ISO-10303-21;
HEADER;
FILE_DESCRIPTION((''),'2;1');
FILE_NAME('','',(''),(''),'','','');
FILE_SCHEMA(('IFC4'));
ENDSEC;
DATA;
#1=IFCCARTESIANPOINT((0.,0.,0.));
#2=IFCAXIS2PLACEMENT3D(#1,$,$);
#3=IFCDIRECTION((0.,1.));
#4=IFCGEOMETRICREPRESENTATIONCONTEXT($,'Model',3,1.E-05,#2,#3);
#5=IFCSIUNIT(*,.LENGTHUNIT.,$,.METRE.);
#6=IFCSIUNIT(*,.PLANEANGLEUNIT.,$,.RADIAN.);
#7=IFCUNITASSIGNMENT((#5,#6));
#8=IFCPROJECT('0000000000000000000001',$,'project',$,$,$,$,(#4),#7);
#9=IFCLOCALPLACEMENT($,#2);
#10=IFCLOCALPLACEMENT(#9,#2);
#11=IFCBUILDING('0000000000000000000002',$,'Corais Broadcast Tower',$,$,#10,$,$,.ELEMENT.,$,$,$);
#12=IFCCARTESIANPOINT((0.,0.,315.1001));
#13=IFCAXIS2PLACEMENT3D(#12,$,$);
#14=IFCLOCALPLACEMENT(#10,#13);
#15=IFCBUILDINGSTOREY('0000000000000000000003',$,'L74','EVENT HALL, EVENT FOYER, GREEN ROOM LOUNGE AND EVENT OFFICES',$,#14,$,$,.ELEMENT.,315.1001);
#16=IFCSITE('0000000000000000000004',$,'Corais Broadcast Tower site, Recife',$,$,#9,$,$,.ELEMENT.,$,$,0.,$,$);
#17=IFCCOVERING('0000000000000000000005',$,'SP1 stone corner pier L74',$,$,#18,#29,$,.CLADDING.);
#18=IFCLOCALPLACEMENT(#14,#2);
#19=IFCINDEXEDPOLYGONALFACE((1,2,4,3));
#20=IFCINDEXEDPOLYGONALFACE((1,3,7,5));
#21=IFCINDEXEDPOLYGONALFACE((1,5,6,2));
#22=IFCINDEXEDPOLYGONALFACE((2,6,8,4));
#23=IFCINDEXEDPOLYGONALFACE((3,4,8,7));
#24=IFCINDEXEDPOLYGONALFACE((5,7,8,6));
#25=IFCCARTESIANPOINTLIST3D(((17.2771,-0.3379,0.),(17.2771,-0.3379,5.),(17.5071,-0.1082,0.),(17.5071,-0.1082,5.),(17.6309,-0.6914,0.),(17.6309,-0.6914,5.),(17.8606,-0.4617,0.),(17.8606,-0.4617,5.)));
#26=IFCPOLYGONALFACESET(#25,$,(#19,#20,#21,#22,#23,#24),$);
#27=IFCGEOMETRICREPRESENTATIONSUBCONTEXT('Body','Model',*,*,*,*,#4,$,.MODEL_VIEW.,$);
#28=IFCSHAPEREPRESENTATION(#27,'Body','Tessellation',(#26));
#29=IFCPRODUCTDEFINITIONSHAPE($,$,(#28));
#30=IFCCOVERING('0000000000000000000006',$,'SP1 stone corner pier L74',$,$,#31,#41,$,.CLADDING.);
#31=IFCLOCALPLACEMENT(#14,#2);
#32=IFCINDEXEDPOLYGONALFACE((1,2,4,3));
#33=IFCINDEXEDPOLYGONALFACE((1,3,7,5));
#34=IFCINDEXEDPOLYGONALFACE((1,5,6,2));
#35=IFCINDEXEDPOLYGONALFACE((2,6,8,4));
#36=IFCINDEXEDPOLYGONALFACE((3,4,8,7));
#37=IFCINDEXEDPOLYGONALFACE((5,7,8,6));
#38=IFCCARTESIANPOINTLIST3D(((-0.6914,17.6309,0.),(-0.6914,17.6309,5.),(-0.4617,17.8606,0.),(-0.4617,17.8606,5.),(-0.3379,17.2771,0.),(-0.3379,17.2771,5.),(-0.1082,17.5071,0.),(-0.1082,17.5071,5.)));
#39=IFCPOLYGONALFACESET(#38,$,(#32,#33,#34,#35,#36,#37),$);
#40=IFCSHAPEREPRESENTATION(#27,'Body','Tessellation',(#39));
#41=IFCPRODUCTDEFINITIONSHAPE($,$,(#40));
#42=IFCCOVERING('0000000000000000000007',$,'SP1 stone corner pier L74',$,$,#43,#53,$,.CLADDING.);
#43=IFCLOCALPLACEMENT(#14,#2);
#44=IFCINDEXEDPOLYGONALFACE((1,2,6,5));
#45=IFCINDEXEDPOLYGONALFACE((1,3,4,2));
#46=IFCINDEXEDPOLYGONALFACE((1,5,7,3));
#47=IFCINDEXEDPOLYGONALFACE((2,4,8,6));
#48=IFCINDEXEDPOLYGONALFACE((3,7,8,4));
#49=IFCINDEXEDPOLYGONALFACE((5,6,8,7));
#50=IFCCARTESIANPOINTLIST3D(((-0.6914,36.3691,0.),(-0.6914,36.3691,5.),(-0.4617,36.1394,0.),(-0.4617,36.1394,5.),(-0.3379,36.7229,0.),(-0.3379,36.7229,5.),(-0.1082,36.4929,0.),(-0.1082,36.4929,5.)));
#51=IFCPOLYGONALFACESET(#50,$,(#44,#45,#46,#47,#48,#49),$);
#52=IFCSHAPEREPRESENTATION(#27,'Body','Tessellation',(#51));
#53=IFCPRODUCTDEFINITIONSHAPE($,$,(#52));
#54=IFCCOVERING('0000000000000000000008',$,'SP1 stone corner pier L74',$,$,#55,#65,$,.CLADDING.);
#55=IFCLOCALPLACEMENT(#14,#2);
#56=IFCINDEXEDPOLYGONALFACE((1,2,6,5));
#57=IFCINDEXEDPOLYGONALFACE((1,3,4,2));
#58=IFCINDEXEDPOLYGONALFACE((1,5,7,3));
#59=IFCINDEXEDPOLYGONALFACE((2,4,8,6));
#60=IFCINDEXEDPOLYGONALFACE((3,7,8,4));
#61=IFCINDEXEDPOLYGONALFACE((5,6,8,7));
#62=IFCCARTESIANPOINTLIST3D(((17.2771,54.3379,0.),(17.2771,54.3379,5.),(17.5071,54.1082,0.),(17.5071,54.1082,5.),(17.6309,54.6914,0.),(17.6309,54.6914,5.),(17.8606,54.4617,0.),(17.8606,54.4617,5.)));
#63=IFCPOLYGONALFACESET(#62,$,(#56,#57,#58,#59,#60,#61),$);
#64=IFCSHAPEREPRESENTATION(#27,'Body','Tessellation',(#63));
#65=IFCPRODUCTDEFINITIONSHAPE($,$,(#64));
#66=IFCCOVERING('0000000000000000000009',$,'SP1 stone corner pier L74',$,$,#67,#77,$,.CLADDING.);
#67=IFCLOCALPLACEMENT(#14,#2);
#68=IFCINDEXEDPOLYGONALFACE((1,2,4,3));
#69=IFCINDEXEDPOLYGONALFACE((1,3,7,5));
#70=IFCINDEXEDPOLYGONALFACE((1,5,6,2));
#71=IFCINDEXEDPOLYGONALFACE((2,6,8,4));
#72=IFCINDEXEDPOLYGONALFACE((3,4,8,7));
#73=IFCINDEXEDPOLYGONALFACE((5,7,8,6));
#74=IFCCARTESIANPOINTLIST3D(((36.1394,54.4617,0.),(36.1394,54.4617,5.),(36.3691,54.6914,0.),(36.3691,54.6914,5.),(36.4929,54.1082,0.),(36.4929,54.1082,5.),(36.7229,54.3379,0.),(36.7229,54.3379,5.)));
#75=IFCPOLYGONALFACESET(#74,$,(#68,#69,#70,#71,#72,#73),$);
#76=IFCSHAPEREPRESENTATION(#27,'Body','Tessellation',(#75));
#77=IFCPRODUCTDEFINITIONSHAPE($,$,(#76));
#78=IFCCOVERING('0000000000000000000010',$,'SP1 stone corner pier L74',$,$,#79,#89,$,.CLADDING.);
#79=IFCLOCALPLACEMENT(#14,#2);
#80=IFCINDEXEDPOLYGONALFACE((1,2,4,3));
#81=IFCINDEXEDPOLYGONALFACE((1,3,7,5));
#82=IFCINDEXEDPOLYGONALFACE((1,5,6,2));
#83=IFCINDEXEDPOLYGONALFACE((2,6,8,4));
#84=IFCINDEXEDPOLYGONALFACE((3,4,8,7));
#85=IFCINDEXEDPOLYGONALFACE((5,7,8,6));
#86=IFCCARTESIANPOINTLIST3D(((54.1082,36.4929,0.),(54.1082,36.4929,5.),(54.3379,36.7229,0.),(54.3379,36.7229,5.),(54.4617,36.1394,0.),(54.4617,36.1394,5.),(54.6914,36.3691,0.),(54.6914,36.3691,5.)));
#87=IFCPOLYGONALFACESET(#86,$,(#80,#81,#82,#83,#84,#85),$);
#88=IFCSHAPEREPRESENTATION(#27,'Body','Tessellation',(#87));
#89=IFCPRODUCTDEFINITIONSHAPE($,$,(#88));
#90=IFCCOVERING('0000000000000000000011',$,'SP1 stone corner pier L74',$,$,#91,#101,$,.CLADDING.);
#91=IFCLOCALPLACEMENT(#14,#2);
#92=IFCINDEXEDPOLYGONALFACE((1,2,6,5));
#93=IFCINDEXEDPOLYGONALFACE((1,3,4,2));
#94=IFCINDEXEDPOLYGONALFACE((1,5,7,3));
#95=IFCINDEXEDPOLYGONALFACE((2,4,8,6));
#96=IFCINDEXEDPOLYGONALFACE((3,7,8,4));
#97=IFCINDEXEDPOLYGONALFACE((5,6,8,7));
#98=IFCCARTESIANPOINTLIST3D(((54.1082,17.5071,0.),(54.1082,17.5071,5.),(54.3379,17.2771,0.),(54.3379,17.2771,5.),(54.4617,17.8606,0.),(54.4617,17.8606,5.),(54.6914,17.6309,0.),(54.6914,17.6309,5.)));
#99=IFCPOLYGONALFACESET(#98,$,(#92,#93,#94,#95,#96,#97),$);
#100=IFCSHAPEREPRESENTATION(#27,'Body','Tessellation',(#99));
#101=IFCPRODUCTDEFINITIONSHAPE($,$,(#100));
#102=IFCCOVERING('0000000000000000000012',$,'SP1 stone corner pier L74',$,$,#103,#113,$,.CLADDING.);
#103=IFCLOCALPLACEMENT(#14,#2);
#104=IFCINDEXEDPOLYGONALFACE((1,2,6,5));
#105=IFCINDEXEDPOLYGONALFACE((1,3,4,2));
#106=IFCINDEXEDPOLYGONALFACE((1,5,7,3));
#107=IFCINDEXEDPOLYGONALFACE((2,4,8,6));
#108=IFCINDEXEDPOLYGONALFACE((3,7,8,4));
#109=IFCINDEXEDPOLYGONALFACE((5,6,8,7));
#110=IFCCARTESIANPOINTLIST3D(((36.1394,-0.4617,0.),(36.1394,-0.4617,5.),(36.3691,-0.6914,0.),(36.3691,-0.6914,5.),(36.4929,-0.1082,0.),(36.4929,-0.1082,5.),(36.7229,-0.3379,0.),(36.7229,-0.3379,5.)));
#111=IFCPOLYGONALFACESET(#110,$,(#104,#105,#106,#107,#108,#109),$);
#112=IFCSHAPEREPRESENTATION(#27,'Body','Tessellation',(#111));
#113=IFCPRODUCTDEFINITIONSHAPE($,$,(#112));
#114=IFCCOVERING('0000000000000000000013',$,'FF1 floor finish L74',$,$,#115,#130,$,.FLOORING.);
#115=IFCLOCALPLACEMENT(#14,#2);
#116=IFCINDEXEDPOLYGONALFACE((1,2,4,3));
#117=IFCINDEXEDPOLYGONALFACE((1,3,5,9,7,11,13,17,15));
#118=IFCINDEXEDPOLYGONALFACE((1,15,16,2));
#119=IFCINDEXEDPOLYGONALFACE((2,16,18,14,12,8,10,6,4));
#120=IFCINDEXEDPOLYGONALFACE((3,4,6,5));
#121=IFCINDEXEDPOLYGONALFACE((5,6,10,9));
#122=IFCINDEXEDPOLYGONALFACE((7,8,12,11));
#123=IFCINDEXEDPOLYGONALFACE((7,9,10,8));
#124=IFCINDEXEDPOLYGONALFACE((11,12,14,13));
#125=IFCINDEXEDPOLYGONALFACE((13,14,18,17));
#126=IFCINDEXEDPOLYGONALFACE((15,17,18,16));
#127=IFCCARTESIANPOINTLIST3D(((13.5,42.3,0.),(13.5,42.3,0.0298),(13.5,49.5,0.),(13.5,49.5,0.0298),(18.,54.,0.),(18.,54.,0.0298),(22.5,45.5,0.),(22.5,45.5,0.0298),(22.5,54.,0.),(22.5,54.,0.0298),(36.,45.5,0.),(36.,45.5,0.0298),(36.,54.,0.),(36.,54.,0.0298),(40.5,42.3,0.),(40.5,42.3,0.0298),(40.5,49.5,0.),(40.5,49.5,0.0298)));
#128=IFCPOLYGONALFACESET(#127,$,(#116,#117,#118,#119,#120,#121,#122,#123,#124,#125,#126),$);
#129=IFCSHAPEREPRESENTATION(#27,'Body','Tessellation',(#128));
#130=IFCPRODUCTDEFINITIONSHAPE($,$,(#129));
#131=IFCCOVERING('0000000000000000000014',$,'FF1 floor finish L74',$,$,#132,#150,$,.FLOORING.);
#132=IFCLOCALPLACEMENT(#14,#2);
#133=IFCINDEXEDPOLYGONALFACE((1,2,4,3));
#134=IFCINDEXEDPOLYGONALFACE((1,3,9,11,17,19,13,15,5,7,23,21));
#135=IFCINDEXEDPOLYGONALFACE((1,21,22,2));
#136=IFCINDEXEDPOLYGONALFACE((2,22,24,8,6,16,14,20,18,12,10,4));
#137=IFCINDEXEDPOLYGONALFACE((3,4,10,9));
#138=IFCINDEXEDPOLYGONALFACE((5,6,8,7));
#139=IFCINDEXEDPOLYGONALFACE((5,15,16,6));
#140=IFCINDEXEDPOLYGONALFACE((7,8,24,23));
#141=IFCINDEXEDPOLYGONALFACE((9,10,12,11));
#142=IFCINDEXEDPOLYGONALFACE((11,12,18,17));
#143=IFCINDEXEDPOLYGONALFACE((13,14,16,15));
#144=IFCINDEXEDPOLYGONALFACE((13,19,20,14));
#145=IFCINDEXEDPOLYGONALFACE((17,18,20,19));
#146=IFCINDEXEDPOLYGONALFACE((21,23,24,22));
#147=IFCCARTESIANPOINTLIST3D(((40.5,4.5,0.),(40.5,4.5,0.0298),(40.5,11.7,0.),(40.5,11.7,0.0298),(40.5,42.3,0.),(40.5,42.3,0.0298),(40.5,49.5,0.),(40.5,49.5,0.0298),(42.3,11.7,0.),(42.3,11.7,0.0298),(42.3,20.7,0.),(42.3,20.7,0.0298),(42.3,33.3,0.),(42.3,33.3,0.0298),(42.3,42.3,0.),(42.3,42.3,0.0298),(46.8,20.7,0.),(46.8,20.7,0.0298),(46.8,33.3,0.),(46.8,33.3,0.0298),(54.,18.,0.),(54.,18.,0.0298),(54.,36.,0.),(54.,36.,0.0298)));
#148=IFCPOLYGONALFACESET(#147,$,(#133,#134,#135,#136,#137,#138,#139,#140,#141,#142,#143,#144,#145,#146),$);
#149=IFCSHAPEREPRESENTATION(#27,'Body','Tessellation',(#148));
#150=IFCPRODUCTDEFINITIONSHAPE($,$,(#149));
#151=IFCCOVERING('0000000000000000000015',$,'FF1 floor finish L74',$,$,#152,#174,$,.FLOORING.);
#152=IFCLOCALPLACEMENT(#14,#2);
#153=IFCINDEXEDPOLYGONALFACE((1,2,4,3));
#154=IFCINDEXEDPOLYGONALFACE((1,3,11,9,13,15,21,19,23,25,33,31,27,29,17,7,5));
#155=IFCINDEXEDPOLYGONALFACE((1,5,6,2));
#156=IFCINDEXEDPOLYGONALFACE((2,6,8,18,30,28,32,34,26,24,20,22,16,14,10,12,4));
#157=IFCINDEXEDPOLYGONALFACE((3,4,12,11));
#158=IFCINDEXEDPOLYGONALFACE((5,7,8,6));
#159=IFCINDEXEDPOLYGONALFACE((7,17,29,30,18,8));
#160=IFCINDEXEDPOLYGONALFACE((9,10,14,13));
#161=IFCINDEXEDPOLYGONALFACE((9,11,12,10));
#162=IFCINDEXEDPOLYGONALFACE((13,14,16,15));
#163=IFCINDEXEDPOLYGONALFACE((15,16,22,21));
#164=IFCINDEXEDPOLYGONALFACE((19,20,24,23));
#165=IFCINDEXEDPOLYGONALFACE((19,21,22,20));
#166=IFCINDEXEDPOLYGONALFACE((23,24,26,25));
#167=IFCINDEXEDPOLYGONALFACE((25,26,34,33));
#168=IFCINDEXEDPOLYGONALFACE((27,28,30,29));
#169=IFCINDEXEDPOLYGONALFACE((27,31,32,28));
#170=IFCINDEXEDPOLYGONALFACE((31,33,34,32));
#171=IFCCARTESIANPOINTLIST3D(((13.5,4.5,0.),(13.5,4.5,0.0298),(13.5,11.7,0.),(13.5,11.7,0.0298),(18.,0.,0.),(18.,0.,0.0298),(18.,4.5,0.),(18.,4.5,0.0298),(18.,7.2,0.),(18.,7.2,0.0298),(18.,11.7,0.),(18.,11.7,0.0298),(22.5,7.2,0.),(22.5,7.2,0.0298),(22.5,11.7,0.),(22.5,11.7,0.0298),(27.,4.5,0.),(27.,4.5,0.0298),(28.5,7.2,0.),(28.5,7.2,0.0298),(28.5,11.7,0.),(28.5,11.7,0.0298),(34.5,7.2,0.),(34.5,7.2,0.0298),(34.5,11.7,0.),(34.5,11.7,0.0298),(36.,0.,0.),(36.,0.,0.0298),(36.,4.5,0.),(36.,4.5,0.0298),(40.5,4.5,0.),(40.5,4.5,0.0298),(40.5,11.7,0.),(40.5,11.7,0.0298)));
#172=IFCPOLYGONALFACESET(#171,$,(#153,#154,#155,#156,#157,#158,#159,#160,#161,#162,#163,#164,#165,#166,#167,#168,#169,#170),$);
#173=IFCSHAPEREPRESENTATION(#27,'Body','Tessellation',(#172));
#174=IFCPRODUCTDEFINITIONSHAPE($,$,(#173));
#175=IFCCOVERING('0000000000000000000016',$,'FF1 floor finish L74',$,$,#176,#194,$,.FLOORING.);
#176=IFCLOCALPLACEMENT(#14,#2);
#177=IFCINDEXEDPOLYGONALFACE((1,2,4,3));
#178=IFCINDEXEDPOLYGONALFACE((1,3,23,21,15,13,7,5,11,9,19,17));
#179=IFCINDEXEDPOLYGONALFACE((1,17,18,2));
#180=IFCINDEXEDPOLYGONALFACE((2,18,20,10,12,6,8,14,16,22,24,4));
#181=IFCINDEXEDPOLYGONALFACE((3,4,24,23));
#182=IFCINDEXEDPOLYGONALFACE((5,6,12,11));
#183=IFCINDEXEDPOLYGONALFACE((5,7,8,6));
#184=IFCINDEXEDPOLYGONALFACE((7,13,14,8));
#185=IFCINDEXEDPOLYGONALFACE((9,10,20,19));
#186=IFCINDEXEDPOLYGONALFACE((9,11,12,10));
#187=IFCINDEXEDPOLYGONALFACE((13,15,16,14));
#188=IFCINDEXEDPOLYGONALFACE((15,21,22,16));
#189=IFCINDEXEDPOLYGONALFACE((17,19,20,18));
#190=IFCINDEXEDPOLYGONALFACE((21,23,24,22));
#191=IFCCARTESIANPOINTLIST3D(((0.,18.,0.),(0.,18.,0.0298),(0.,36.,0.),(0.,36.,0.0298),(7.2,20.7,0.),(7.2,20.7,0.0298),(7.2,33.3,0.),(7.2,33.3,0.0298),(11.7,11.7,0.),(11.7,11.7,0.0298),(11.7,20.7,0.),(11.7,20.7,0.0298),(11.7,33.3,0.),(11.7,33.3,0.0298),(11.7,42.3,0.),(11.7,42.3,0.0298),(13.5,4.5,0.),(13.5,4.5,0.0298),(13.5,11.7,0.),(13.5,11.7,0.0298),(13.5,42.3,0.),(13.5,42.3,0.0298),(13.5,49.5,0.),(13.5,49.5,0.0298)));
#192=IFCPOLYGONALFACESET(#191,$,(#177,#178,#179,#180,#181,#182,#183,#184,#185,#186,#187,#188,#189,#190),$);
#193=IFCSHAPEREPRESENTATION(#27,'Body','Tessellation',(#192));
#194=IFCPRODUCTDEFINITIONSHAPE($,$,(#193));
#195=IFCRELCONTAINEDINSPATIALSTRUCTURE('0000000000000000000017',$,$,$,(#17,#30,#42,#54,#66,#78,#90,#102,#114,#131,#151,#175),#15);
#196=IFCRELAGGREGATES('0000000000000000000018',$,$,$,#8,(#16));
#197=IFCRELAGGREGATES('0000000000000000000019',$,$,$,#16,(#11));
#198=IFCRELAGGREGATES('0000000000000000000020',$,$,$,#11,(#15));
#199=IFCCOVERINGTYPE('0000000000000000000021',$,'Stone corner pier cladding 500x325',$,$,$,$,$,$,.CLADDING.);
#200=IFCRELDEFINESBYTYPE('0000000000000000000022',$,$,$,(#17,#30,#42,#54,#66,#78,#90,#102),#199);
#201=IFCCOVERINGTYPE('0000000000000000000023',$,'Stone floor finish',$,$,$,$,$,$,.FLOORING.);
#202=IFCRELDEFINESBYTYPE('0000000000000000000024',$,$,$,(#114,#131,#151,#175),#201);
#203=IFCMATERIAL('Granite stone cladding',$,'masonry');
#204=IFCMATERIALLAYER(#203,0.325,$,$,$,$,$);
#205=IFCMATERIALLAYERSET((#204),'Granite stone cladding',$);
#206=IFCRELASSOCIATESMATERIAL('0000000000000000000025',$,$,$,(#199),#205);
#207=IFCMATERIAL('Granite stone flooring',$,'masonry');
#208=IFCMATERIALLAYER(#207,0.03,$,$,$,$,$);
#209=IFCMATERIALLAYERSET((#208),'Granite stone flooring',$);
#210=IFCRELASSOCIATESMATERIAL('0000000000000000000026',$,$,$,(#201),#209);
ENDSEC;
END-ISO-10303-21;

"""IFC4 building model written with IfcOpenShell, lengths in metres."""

from ifc_helpers import new_model, si_unit, direction, frame, origin, place, context, subcontext, project, spatial, polyline, outline, extrude, material, layer, layer_set, type_object, element, save


model = new_model("IFC4")

# Units and contexts
model_context = context("Model", 3, precision=1e-05, world=origin(), true_north=direction((0.0, 1.0)))
body_context = subcontext(model_context, "Body", "Model", "MODEL_VIEW")
ifc_project = project(units=[si_unit("LENGTHUNIT", "METRE"), si_unit("PLANEANGLEUNIT", "RADIAN")], contexts=[model_context])

# Site, building, storey
site_placement = place(None, origin())
site = spatial("IfcSite", under=ifc_project, at=site_placement, Name="Corais Broadcast Tower site, Recife", CompositionType="ELEMENT", RefElevation=0.0)
building_placement = place(site_placement, origin())
building = spatial("IfcBuilding", under=site, at=building_placement, Name="Corais Broadcast Tower", CompositionType="ELEMENT")
storey_placement = place(building_placement, frame((0.0, 0.0, 315.1001)))
storey = spatial("IfcBuildingStorey", under=building, at=storey_placement, Name="L74", Description="EVENT HALL, EVENT FOYER, GREEN ROOM LOUNGE AND EVENT OFFICES", CompositionType="ELEMENT", Elevation=315.1001)

# Coverings
ifc_material_1 = material(Name="Granite stone cladding", Category="masonry")
ifc_layer_1 = layer(ifc_material_1, 0.325)
ifc_layer_set_1 = layer_set([ifc_layer_1], Name="Granite stone cladding")
covering_type_1 = type_object("IfcCoveringType", Name="Stone corner pier cladding 500x325", PredefinedType="CLADDING", material=ifc_layer_set_1)
covering_1_placement = place(storey_placement, origin())
element("IfcCovering", 1, at=covering_1_placement, inside=storey, type_object=covering_type_1, Name="SP1 stone corner pier L74", PredefinedType="CLADDING", context=body_context, shape_type="SweptSolid", body=[
    extrude(outline(polyline([(17.8606, -0.4617), (17.5071, -0.1082), (17.2771, -0.3379), (17.6309, -0.6914), (17.8606, -0.4617)])), origin(), (0.0, 0.0, 1.0), 5.0),
])
covering_2_placement = place(storey_placement, origin())
element("IfcCovering", 2, at=covering_2_placement, inside=storey, type_object=covering_type_1, Name="SP1 stone corner pier L74", PredefinedType="CLADDING", context=body_context, shape_type="SweptSolid", body=[
    extrude(outline(polyline([(-0.4617, 17.8606), (-0.6914, 17.6309), (-0.3379, 17.2771), (-0.1082, 17.5071), (-0.4617, 17.8606)])), origin(), (0.0, 0.0, 1.0), 5.0),
])
covering_3_placement = place(storey_placement, origin())
element("IfcCovering", 3, at=covering_3_placement, inside=storey, type_object=covering_type_1, Name="SP1 stone corner pier L74", PredefinedType="CLADDING", context=body_context, shape_type="SweptSolid", body=[
    extrude(outline(polyline([(-0.4617, 36.1394), (-0.1082, 36.4929), (-0.3379, 36.7229), (-0.6914, 36.3691), (-0.4617, 36.1394)])), origin(), (0.0, 0.0, 1.0), 5.0),
])
covering_4_placement = place(storey_placement, origin())
element("IfcCovering", 4, at=covering_4_placement, inside=storey, type_object=covering_type_1, Name="SP1 stone corner pier L74", PredefinedType="CLADDING", context=body_context, shape_type="SweptSolid", body=[
    extrude(outline(polyline([(17.8606, 54.4617), (17.6309, 54.6914), (17.2771, 54.3379), (17.5071, 54.1082), (17.8606, 54.4617)])), origin(), (0.0, 0.0, 1.0), 5.0),
])
covering_5_placement = place(storey_placement, origin())
element("IfcCovering", 5, at=covering_5_placement, inside=storey, type_object=covering_type_1, Name="SP1 stone corner pier L74", PredefinedType="CLADDING", context=body_context, shape_type="SweptSolid", body=[
    extrude(outline(polyline([(36.1394, 54.4617), (36.4929, 54.1082), (36.7229, 54.3379), (36.3691, 54.6914), (36.1394, 54.4617)])), origin(), (0.0, 0.0, 1.0), 5.0),
])
covering_6_placement = place(storey_placement, origin())
element("IfcCovering", 6, at=covering_6_placement, inside=storey, type_object=covering_type_1, Name="SP1 stone corner pier L74", PredefinedType="CLADDING", context=body_context, shape_type="SweptSolid", body=[
    extrude(outline(polyline([(54.4617, 36.1394), (54.6914, 36.3691), (54.3379, 36.7229), (54.1082, 36.4929), (54.4617, 36.1394)])), origin(), (0.0, 0.0, 1.0), 5.0),
])
covering_7_placement = place(storey_placement, origin())
element("IfcCovering", 7, at=covering_7_placement, inside=storey, type_object=covering_type_1, Name="SP1 stone corner pier L74", PredefinedType="CLADDING", context=body_context, shape_type="SweptSolid", body=[
    extrude(outline(polyline([(54.4617, 17.8606), (54.1082, 17.5071), (54.3379, 17.2771), (54.6914, 17.6309), (54.4617, 17.8606)])), origin(), (0.0, 0.0, 1.0), 5.0),
])
covering_8_placement = place(storey_placement, origin())
element("IfcCovering", 8, at=covering_8_placement, inside=storey, type_object=covering_type_1, Name="SP1 stone corner pier L74", PredefinedType="CLADDING", context=body_context, shape_type="SweptSolid", body=[
    extrude(outline(polyline([(36.1394, -0.4617), (36.3691, -0.6914), (36.7229, -0.3379), (36.4929, -0.1082), (36.1394, -0.4617)])), origin(), (0.0, 0.0, 1.0), 5.0),
])
ifc_material_2 = material(Name="Granite stone flooring", Category="masonry")
ifc_layer_2 = layer(ifc_material_2, 0.03)
ifc_layer_set_2 = layer_set([ifc_layer_2], Name="Granite stone flooring")
covering_type_2 = type_object("IfcCoveringType", Name="Stone floor finish", PredefinedType="FLOORING", material=ifc_layer_set_2)
covering_9_placement = place(storey_placement, origin())
element("IfcCovering", 9, at=covering_9_placement, inside=storey, type_object=covering_type_2, Name="FF1 floor finish L74", PredefinedType="FLOORING", context=body_context, shape_type="SweptSolid", body=[
    extrude(outline(polyline([(22.5, 54.0), (22.5, 45.5), (36.0, 45.5), (36.0, 54.0), (40.5, 49.5), (40.5, 42.3), (13.5, 42.3), (13.5, 49.5), (18.0, 54.0), (22.5, 54.0)])), origin(), (0.0, 0.0, 1.0), 0.0298),
])
covering_10_placement = place(storey_placement, origin())
element("IfcCovering", 10, at=covering_10_placement, inside=storey, type_object=covering_type_2, Name="FF1 floor finish L74", PredefinedType="FLOORING", context=body_context, shape_type="SweptSolid", body=[
    extrude(outline(polyline([(54.0, 36.0), (54.0, 18.0), (40.5, 4.5), (40.5, 11.7), (42.3, 11.7), (42.3, 20.7), (46.8, 20.7), (46.8, 33.3), (42.3, 33.3), (42.3, 42.3), (40.5, 42.3), (40.5, 49.5), (54.0, 36.0)])), origin(), (0.0, 0.0, 1.0), 0.0298),
])
covering_11_placement = place(storey_placement, origin())
element("IfcCovering", 11, at=covering_11_placement, inside=storey, type_object=covering_type_2, Name="FF1 floor finish L74", PredefinedType="FLOORING", context=body_context, shape_type="SweptSolid", body=[
    extrude(outline(polyline([(36.0, 0.0), (36.0, 4.5), (27.0, 4.5), (18.0, 4.5), (18.0, 0.0), (13.5, 4.5), (13.5, 11.7), (18.0, 11.7), (18.0, 7.2), (22.5, 7.2), (22.5, 11.7), (28.5, 11.7), (28.5, 7.2), (34.5, 7.2), (34.5, 11.7), (40.5, 11.7), (40.5, 4.5), (36.0, 0.0)])), origin(), (0.0, 0.0, 1.0), 0.0298),
])
covering_12_placement = place(storey_placement, origin())
element("IfcCovering", 12, at=covering_12_placement, inside=storey, type_object=covering_type_2, Name="FF1 floor finish L74", PredefinedType="FLOORING", context=body_context, shape_type="SweptSolid", body=[
    extrude(outline(polyline([(0.0, 18.0), (0.0, 36.0), (13.5, 49.5), (13.5, 42.3), (11.7, 42.3), (11.7, 33.3), (7.2, 33.3), (7.2, 20.7), (11.7, 20.7), (11.7, 11.7), (13.5, 11.7), (13.5, 4.5), (0.0, 18.0)])), origin(), (0.0, 0.0, 1.0), 0.0298),
])

save(model, "model.ifc")
